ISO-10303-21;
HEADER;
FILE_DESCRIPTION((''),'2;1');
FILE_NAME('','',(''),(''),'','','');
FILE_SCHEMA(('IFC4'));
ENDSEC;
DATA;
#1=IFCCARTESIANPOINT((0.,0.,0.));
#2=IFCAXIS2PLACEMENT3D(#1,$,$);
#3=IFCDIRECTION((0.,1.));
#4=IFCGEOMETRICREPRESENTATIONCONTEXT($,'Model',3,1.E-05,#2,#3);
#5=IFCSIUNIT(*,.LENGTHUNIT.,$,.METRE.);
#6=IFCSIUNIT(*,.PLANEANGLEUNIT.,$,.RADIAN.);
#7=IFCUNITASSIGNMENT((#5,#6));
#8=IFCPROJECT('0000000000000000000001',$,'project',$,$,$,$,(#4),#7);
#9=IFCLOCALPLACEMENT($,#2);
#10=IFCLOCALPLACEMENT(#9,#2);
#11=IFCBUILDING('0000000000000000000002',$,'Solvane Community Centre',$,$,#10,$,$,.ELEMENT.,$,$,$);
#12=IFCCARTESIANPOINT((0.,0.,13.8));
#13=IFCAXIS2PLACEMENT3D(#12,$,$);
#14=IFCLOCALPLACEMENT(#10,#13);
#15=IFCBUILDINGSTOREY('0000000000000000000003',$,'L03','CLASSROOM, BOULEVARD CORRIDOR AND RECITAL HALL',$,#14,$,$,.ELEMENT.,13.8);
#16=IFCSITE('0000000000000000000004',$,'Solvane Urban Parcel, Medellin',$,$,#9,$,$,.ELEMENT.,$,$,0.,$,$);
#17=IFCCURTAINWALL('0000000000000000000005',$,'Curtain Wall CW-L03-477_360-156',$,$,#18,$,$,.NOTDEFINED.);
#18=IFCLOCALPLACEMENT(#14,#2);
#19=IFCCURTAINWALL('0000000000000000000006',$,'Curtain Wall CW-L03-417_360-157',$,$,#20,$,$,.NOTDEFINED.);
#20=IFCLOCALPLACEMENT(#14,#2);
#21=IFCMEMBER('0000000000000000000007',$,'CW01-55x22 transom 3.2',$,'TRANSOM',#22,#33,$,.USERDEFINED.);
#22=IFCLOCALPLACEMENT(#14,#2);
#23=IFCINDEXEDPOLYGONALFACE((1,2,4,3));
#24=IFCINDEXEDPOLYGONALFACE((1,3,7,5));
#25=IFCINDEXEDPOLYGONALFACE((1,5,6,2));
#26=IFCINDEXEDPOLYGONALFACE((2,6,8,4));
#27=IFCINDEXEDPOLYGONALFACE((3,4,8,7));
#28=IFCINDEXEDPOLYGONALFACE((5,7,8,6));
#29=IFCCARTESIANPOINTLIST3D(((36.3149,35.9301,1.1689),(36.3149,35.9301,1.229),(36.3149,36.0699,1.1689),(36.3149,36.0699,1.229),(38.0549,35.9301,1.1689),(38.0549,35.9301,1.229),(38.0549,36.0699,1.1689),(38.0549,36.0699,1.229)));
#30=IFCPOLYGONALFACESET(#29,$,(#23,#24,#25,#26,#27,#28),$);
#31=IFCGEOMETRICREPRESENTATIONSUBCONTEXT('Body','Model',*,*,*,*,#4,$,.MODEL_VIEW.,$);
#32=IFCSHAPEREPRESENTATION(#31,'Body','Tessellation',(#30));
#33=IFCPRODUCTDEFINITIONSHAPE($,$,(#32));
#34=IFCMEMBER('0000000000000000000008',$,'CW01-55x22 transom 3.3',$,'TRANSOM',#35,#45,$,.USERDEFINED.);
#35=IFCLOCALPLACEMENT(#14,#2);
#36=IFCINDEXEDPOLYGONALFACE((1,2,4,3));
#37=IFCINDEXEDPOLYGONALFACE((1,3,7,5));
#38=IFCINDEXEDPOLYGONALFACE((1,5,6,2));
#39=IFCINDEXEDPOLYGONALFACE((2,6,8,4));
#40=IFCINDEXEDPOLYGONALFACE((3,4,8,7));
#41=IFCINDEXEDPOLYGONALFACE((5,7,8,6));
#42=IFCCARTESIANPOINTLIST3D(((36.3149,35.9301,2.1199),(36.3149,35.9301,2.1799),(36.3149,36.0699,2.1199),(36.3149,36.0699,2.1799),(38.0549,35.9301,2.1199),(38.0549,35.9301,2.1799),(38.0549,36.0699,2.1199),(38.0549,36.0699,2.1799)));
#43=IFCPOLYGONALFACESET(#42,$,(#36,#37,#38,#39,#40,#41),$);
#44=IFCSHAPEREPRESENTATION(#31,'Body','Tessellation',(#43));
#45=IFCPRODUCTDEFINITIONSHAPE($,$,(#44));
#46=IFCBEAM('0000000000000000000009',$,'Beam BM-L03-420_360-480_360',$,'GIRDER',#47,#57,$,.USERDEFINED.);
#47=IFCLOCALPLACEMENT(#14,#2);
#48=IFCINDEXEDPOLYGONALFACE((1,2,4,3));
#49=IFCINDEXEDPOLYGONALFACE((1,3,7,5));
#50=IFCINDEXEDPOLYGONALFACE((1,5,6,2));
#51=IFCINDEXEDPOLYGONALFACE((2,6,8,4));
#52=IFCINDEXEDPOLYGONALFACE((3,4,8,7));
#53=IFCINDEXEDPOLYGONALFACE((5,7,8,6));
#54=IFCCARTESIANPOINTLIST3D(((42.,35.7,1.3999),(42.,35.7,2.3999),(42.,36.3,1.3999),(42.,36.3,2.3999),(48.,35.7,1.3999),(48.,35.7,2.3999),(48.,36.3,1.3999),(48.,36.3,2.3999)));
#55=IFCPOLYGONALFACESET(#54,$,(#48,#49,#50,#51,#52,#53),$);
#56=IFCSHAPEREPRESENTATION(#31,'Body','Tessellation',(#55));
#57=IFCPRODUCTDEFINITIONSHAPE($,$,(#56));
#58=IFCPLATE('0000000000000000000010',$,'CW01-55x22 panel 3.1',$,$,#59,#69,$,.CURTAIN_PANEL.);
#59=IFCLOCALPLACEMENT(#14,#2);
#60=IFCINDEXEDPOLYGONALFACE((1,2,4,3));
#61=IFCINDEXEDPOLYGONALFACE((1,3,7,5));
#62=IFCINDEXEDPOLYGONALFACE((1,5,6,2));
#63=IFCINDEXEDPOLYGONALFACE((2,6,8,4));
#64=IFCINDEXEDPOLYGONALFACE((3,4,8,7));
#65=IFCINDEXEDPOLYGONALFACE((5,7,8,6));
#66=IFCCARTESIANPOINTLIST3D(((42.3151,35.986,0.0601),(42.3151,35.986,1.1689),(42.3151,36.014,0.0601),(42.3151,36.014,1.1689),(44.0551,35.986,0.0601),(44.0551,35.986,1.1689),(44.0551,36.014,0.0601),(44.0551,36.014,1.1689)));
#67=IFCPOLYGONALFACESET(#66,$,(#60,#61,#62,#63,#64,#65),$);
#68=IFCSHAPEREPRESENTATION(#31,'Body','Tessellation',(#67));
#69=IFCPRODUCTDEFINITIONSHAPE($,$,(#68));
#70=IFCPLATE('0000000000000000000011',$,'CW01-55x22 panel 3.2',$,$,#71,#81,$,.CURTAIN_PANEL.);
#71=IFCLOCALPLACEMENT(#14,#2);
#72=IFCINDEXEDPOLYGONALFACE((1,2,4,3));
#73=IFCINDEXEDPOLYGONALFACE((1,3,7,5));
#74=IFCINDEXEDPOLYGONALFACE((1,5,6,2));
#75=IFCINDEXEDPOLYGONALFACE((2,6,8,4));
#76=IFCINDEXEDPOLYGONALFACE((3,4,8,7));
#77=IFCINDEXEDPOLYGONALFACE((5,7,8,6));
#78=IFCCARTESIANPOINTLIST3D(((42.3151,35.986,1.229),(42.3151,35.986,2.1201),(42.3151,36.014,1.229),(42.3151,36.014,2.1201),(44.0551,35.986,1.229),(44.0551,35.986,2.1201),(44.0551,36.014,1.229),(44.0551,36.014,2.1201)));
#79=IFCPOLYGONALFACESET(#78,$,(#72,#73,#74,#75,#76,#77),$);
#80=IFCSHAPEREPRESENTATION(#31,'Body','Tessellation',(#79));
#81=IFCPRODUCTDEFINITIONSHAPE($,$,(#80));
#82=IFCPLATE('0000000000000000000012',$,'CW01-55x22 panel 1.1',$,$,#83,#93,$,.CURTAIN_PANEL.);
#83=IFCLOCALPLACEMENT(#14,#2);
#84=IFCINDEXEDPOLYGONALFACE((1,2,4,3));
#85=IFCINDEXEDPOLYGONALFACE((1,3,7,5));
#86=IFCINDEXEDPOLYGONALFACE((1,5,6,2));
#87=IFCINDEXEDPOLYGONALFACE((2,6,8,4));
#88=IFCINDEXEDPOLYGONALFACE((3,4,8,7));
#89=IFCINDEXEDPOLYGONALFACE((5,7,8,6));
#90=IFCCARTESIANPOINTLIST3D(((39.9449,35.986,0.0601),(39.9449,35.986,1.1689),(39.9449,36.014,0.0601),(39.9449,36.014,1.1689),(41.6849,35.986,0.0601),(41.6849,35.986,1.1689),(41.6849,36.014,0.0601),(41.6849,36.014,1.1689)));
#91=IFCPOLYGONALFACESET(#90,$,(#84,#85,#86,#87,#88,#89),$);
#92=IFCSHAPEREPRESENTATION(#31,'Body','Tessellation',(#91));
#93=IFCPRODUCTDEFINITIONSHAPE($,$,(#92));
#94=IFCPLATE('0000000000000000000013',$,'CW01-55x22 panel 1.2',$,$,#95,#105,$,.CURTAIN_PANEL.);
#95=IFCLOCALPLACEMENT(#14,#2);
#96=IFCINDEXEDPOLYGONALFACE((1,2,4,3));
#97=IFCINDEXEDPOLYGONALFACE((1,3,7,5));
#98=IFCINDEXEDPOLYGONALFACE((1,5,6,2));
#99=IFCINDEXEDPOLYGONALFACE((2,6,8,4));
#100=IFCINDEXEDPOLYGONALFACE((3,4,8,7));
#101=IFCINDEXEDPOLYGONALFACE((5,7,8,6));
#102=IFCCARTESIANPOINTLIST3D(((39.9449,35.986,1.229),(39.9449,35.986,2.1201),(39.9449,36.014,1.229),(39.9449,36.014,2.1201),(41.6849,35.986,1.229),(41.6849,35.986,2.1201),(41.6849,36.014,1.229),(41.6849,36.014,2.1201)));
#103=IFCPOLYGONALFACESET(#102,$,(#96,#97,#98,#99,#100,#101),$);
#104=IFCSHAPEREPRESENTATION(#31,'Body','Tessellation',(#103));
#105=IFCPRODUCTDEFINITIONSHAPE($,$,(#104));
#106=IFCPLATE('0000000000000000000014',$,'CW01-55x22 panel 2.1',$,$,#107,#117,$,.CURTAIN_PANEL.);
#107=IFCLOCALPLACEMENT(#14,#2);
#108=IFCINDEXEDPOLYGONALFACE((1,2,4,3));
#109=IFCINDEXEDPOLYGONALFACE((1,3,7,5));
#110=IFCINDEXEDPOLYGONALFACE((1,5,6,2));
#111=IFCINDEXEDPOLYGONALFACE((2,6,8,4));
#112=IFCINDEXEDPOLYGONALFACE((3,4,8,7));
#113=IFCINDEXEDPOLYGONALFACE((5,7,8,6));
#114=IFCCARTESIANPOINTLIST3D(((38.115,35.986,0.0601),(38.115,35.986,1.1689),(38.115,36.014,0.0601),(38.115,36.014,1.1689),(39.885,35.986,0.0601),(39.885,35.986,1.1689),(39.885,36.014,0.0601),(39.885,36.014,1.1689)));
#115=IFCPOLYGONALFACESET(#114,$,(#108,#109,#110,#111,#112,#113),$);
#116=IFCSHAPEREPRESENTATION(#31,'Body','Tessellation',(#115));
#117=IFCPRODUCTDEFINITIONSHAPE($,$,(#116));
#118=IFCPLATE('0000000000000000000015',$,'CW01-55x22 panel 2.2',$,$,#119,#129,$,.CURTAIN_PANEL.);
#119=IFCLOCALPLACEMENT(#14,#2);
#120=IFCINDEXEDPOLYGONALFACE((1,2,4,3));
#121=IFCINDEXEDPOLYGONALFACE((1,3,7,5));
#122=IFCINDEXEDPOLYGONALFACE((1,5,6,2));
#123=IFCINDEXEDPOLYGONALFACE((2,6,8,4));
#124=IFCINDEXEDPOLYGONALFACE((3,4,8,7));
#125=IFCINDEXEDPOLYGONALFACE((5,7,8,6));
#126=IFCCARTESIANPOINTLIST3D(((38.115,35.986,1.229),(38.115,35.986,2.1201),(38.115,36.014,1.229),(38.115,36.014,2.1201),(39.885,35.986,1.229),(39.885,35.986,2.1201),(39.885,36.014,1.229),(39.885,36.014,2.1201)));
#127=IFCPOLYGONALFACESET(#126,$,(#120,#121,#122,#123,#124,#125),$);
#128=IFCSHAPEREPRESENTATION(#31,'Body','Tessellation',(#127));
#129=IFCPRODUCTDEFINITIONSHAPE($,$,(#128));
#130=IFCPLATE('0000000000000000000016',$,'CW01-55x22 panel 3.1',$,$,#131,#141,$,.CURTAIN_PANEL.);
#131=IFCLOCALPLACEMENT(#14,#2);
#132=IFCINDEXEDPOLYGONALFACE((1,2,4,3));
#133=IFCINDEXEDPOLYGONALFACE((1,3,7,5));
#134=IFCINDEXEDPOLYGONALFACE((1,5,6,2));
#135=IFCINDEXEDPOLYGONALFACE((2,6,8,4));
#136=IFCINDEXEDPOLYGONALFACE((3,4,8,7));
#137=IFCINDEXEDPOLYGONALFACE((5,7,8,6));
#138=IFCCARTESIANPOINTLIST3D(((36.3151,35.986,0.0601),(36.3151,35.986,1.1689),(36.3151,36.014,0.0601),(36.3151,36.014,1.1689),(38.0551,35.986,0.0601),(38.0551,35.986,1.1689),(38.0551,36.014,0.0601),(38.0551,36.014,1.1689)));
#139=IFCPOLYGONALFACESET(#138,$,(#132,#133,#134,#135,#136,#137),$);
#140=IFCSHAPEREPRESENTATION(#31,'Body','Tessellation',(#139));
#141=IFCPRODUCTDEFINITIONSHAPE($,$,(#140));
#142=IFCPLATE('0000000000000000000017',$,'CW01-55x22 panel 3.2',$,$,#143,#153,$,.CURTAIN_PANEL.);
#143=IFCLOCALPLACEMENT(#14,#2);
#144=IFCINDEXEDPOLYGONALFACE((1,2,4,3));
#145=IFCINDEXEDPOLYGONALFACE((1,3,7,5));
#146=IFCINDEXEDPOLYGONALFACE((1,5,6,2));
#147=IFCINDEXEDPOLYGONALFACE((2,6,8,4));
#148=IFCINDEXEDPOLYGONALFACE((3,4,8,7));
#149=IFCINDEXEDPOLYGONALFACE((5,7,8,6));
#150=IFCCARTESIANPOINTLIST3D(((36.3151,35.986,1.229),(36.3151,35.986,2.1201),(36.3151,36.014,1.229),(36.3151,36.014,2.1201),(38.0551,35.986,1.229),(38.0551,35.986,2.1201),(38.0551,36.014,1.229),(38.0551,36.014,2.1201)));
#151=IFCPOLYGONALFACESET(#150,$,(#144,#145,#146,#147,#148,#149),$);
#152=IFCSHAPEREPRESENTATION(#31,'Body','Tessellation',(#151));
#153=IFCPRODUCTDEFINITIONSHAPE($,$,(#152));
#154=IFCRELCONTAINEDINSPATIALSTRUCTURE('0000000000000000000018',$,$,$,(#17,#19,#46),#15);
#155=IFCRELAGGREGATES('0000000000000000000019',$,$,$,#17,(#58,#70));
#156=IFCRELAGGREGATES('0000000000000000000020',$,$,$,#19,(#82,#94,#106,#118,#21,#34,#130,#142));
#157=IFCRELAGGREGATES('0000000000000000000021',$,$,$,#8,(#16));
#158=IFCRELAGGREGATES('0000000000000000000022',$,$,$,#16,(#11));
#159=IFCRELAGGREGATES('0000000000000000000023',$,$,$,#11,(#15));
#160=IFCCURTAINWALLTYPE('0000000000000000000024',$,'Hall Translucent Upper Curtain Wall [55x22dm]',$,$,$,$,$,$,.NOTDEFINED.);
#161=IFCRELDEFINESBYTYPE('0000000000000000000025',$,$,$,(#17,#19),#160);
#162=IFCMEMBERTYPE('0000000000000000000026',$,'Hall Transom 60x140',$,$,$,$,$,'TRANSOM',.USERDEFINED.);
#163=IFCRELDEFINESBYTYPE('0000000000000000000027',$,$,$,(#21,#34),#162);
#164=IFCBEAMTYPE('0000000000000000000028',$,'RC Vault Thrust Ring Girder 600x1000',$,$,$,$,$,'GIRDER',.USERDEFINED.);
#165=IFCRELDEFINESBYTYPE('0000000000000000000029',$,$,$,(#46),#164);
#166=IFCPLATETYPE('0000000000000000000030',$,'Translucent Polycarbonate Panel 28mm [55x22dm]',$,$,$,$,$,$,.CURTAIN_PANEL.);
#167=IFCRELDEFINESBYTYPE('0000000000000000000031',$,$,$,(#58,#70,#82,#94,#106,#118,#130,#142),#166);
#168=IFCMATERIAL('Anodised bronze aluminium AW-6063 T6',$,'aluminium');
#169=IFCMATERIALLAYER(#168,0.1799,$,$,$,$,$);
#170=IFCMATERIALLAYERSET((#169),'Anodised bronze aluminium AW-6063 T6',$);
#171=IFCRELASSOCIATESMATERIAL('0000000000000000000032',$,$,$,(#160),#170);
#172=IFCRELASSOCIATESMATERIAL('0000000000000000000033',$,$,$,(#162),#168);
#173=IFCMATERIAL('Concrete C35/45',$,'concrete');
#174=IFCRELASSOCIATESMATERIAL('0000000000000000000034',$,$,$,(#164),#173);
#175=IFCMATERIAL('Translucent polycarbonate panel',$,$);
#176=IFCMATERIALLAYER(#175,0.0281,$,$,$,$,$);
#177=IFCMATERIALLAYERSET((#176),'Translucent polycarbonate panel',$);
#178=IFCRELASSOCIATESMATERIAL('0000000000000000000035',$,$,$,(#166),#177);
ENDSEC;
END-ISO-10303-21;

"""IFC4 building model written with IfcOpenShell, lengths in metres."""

from ifc_helpers import new_model, si_unit, direction, frame, origin, origin_2d, place, context, subcontext, project, spatial, rectangle, extrude, material, layer, layer_set, material_profile, profile_set, type_object, element, aggregate, save


model = new_model("IFC4")

# Units and contexts
model_context = context("Model", 3, precision=1e-05, world=origin(), true_north=direction((0.0, 1.0)))
body_context = subcontext(model_context, "Body", "Model", "MODEL_VIEW")
ifc_project = project(units=[si_unit("LENGTHUNIT", "METRE"), si_unit("PLANEANGLEUNIT", "RADIAN")], contexts=[model_context])

# Site, building, storey
site_placement = place(None, origin())
site = spatial("IfcSite", under=ifc_project, at=site_placement, Name="Solvane Urban Parcel, Medellin", CompositionType="ELEMENT", RefElevation=0.0)
building_placement = place(site_placement, origin())
building = spatial("IfcBuilding", under=site, at=building_placement, Name="Solvane Community Centre", CompositionType="ELEMENT")
storey_placement = place(building_placement, frame((0.0, 0.0, 13.8)))
storey = spatial("IfcBuildingStorey", under=building, at=storey_placement, Name="L03", Description="CLASSROOM, BOULEVARD CORRIDOR AND RECITAL HALL", CompositionType="ELEMENT", Elevation=13.8)

# Curtain wall
ifc_material_1 = material(Name="Anodised bronze aluminium AW-6063 T6", Category="aluminium")
ifc_layer_1 = layer(ifc_material_1, 0.1799)
ifc_layer_set_1 = layer_set([ifc_layer_1], Name="Anodised bronze aluminium AW-6063 T6")
curtain_wall_type = type_object("IfcCurtainWallType", Name="Hall Translucent Upper Curtain Wall [55x22dm]", PredefinedType="NOTDEFINED", material=ifc_layer_set_1)
curtain_wall_1_placement = place(storey_placement, origin())
curtain_wall_1 = element("IfcCurtainWall", 1, at=curtain_wall_1_placement, inside=storey, type_object=curtain_wall_type, Name="Curtain Wall CW-L03-477_360-156", PredefinedType="NOTDEFINED")

# Curtain wall
curtain_wall_2_placement = place(storey_placement, origin())
curtain_wall_2 = element("IfcCurtainWall", 2, at=curtain_wall_2_placement, inside=storey, type_object=curtain_wall_type, Name="Curtain Wall CW-L03-417_360-157", PredefinedType="NOTDEFINED")

# Members
ifc_material_profile_1 = material_profile(ifc_material_1, rectangle(XDim=0.1399, YDim=0.0601, at=origin_2d()), Name="CW-T 60x140")
ifc_profile_set_1 = profile_set([ifc_material_profile_1], Name="Anodised bronze aluminium AW-6063 T6")
member_type_1 = type_object("IfcMemberType", Name="Hall Transom 60x140", ElementType="TRANSOM", PredefinedType="USERDEFINED", material=ifc_profile_set_1)
member_1_placement = place(storey_placement, frame((38.0549, 36.0, 1.199), z_axis=(-1.0, 0.0, 0.0), x_axis=(0.0, -1.0, 0.0)))
member_1 = element("IfcMember", 3, at=member_1_placement, type_object=member_type_1, Name="CW01-55x22 transom 3.2", ObjectType="TRANSOM", PredefinedType="USERDEFINED", context=body_context, shape_type="SweptSolid", body=[
    extrude(rectangle(XDim=0.1399, YDim=0.0601, at=origin_2d()), origin(), (0.0, 0.0, 1.0), 1.74),
])
member_2_placement = place(storey_placement, frame((38.0549, 36.0, 2.1499), z_axis=(-1.0, 0.0, 0.0), x_axis=(0.0, -1.0, 0.0)))
member_2 = element("IfcMember", 4, at=member_2_placement, type_object=member_type_1, Name="CW01-55x22 transom 3.3", ObjectType="TRANSOM", PredefinedType="USERDEFINED", context=body_context, shape_type="SweptSolid", body=[
    extrude(rectangle(XDim=0.1399, YDim=0.0601, at=origin_2d()), origin(), (0.0, 0.0, 1.0), 1.74),
])

# Beam
ifc_material_2 = material(Name="Concrete C35/45", Category="concrete")
ifc_material_profile_2 = material_profile(ifc_material_2, rectangle(XDim=0.6001, YDim=1.0, at=origin_2d()), Name="RC 600x1000")
ifc_profile_set_2 = profile_set([ifc_material_profile_2], Name="Concrete C35/45")
beam_type = type_object("IfcBeamType", Name="RC Vault Thrust Ring Girder 600x1000", ElementType="GIRDER", PredefinedType="USERDEFINED", material=ifc_profile_set_2)
beam_placement = place(storey_placement, frame((42.0, 36.0, 1.8999), z_axis=(1.0, 0.0, 0.0), x_axis=(0.0, 1.0, 0.0)))
element("IfcBeam", 5, at=beam_placement, inside=storey, type_object=beam_type, Name="Beam BM-L03-420_360-480_360", ObjectType="GIRDER", PredefinedType="USERDEFINED", context=body_context, shape_type="SweptSolid", body=[
    extrude(rectangle(XDim=0.6001, YDim=1.0, at=origin_2d()), origin(), (0.0, 0.0, 1.0), 6.0),
])

# Plates
ifc_material_3 = material(Name="Translucent polycarbonate panel")
ifc_layer_2 = layer(ifc_material_3, 0.0281)
ifc_layer_set_2 = layer_set([ifc_layer_2], Name="Translucent polycarbonate panel")
plate_type = type_object("IfcPlateType", Name="Translucent Polycarbonate Panel 28mm [55x22dm]", PredefinedType="CURTAIN_PANEL", material=ifc_layer_set_2)
plate_1_placement = place(storey_placement, frame((43.1851, 36.0, 0.0601), z_axis=(0.0, 0.0, 1.0), x_axis=(-1.0, 0.0, 0.0)))
plate_1 = element("IfcPlate", 6, at=plate_1_placement, type_object=plate_type, Name="CW01-55x22 panel 3.1", PredefinedType="CURTAIN_PANEL", context=body_context, shape_type="SweptSolid", body=[
    extrude(rectangle(XDim=1.74, YDim=0.0281, at=origin_2d()), origin(), (0.0, 0.0, 1.0), 1.1089),
])
plate_2_placement = place(storey_placement, frame((43.1851, 36.0, 1.229), z_axis=(0.0, 0.0, 1.0), x_axis=(-1.0, 0.0, 0.0)))
plate_2 = element("IfcPlate", 7, at=plate_2_placement, type_object=plate_type, Name="CW01-55x22 panel 3.2", PredefinedType="CURTAIN_PANEL", context=body_context, shape_type="SweptSolid", body=[
    extrude(rectangle(XDim=1.74, YDim=0.0281, at=origin_2d()), origin(), (0.0, 0.0, 1.0), 0.8911),
])
aggregate(curtain_wall_1, [plate_1, plate_2])
plate_3_placement = place(storey_placement, frame((40.8149, 36.0, 0.0601), z_axis=(0.0, 0.0, 1.0), x_axis=(-1.0, 0.0, 0.0)))
plate_3 = element("IfcPlate", 8, at=plate_3_placement, type_object=plate_type, Name="CW01-55x22 panel 1.1", PredefinedType="CURTAIN_PANEL", context=body_context, shape_type="SweptSolid", body=[
    extrude(rectangle(XDim=1.74, YDim=0.0281, at=origin_2d()), origin(), (0.0, 0.0, 1.0), 1.1089),
])
plate_4_placement = place(storey_placement, frame((40.8149, 36.0, 1.229), z_axis=(0.0, 0.0, 1.0), x_axis=(-1.0, 0.0, 0.0)))
plate_4 = element("IfcPlate", 9, at=plate_4_placement, type_object=plate_type, Name="CW01-55x22 panel 1.2", PredefinedType="CURTAIN_PANEL", context=body_context, shape_type="SweptSolid", body=[
    extrude(rectangle(XDim=1.74, YDim=0.0281, at=origin_2d()), origin(), (0.0, 0.0, 1.0), 0.8911),
])
plate_5_placement = place(storey_placement, frame((39.0, 36.0, 0.0601), z_axis=(0.0, 0.0, 1.0), x_axis=(-1.0, 0.0, 0.0)))
plate_5 = element("IfcPlate", 10, at=plate_5_placement, type_object=plate_type, Name="CW01-55x22 panel 2.1", PredefinedType="CURTAIN_PANEL", context=body_context, shape_type="SweptSolid", body=[
    extrude(rectangle(XDim=1.77, YDim=0.0281, at=origin_2d()), origin(), (0.0, 0.0, 1.0), 1.1089),
])
plate_6_placement = place(storey_placement, frame((39.0, 36.0, 1.229), z_axis=(0.0, 0.0, 1.0), x_axis=(-1.0, 0.0, 0.0)))
plate_6 = element("IfcPlate", 11, at=plate_6_placement, type_object=plate_type, Name="CW01-55x22 panel 2.2", PredefinedType="CURTAIN_PANEL", context=body_context, shape_type="SweptSolid", body=[
    extrude(rectangle(XDim=1.77, YDim=0.0281, at=origin_2d()), origin(), (0.0, 0.0, 1.0), 0.8911),
])
plate_7_placement = place(storey_placement, frame((37.1851, 36.0, 0.0601), z_axis=(0.0, 0.0, 1.0), x_axis=(-1.0, 0.0, 0.0)))
plate_7 = element("IfcPlate", 12, at=plate_7_placement, type_object=plate_type, Name="CW01-55x22 panel 3.1", PredefinedType="CURTAIN_PANEL", context=body_context, shape_type="SweptSolid", body=[
    extrude(rectangle(XDim=1.74, YDim=0.0281, at=origin_2d()), origin(), (0.0, 0.0, 1.0), 1.1089),
])
plate_8_placement = place(storey_placement, frame((37.1851, 36.0, 1.229), z_axis=(0.0, 0.0, 1.0), x_axis=(-1.0, 0.0, 0.0)))
plate_8 = element("IfcPlate", 13, at=plate_8_placement, type_object=plate_type, Name="CW01-55x22 panel 3.2", PredefinedType="CURTAIN_PANEL", context=body_context, shape_type="SweptSolid", body=[
    extrude(rectangle(XDim=1.74, YDim=0.0281, at=origin_2d()), origin(), (0.0, 0.0, 1.0), 0.8911),
])
aggregate(curtain_wall_2, [plate_3, plate_4, plate_5, plate_6, member_1, member_2, plate_7, plate_8])

save(model, "model.ifc")
